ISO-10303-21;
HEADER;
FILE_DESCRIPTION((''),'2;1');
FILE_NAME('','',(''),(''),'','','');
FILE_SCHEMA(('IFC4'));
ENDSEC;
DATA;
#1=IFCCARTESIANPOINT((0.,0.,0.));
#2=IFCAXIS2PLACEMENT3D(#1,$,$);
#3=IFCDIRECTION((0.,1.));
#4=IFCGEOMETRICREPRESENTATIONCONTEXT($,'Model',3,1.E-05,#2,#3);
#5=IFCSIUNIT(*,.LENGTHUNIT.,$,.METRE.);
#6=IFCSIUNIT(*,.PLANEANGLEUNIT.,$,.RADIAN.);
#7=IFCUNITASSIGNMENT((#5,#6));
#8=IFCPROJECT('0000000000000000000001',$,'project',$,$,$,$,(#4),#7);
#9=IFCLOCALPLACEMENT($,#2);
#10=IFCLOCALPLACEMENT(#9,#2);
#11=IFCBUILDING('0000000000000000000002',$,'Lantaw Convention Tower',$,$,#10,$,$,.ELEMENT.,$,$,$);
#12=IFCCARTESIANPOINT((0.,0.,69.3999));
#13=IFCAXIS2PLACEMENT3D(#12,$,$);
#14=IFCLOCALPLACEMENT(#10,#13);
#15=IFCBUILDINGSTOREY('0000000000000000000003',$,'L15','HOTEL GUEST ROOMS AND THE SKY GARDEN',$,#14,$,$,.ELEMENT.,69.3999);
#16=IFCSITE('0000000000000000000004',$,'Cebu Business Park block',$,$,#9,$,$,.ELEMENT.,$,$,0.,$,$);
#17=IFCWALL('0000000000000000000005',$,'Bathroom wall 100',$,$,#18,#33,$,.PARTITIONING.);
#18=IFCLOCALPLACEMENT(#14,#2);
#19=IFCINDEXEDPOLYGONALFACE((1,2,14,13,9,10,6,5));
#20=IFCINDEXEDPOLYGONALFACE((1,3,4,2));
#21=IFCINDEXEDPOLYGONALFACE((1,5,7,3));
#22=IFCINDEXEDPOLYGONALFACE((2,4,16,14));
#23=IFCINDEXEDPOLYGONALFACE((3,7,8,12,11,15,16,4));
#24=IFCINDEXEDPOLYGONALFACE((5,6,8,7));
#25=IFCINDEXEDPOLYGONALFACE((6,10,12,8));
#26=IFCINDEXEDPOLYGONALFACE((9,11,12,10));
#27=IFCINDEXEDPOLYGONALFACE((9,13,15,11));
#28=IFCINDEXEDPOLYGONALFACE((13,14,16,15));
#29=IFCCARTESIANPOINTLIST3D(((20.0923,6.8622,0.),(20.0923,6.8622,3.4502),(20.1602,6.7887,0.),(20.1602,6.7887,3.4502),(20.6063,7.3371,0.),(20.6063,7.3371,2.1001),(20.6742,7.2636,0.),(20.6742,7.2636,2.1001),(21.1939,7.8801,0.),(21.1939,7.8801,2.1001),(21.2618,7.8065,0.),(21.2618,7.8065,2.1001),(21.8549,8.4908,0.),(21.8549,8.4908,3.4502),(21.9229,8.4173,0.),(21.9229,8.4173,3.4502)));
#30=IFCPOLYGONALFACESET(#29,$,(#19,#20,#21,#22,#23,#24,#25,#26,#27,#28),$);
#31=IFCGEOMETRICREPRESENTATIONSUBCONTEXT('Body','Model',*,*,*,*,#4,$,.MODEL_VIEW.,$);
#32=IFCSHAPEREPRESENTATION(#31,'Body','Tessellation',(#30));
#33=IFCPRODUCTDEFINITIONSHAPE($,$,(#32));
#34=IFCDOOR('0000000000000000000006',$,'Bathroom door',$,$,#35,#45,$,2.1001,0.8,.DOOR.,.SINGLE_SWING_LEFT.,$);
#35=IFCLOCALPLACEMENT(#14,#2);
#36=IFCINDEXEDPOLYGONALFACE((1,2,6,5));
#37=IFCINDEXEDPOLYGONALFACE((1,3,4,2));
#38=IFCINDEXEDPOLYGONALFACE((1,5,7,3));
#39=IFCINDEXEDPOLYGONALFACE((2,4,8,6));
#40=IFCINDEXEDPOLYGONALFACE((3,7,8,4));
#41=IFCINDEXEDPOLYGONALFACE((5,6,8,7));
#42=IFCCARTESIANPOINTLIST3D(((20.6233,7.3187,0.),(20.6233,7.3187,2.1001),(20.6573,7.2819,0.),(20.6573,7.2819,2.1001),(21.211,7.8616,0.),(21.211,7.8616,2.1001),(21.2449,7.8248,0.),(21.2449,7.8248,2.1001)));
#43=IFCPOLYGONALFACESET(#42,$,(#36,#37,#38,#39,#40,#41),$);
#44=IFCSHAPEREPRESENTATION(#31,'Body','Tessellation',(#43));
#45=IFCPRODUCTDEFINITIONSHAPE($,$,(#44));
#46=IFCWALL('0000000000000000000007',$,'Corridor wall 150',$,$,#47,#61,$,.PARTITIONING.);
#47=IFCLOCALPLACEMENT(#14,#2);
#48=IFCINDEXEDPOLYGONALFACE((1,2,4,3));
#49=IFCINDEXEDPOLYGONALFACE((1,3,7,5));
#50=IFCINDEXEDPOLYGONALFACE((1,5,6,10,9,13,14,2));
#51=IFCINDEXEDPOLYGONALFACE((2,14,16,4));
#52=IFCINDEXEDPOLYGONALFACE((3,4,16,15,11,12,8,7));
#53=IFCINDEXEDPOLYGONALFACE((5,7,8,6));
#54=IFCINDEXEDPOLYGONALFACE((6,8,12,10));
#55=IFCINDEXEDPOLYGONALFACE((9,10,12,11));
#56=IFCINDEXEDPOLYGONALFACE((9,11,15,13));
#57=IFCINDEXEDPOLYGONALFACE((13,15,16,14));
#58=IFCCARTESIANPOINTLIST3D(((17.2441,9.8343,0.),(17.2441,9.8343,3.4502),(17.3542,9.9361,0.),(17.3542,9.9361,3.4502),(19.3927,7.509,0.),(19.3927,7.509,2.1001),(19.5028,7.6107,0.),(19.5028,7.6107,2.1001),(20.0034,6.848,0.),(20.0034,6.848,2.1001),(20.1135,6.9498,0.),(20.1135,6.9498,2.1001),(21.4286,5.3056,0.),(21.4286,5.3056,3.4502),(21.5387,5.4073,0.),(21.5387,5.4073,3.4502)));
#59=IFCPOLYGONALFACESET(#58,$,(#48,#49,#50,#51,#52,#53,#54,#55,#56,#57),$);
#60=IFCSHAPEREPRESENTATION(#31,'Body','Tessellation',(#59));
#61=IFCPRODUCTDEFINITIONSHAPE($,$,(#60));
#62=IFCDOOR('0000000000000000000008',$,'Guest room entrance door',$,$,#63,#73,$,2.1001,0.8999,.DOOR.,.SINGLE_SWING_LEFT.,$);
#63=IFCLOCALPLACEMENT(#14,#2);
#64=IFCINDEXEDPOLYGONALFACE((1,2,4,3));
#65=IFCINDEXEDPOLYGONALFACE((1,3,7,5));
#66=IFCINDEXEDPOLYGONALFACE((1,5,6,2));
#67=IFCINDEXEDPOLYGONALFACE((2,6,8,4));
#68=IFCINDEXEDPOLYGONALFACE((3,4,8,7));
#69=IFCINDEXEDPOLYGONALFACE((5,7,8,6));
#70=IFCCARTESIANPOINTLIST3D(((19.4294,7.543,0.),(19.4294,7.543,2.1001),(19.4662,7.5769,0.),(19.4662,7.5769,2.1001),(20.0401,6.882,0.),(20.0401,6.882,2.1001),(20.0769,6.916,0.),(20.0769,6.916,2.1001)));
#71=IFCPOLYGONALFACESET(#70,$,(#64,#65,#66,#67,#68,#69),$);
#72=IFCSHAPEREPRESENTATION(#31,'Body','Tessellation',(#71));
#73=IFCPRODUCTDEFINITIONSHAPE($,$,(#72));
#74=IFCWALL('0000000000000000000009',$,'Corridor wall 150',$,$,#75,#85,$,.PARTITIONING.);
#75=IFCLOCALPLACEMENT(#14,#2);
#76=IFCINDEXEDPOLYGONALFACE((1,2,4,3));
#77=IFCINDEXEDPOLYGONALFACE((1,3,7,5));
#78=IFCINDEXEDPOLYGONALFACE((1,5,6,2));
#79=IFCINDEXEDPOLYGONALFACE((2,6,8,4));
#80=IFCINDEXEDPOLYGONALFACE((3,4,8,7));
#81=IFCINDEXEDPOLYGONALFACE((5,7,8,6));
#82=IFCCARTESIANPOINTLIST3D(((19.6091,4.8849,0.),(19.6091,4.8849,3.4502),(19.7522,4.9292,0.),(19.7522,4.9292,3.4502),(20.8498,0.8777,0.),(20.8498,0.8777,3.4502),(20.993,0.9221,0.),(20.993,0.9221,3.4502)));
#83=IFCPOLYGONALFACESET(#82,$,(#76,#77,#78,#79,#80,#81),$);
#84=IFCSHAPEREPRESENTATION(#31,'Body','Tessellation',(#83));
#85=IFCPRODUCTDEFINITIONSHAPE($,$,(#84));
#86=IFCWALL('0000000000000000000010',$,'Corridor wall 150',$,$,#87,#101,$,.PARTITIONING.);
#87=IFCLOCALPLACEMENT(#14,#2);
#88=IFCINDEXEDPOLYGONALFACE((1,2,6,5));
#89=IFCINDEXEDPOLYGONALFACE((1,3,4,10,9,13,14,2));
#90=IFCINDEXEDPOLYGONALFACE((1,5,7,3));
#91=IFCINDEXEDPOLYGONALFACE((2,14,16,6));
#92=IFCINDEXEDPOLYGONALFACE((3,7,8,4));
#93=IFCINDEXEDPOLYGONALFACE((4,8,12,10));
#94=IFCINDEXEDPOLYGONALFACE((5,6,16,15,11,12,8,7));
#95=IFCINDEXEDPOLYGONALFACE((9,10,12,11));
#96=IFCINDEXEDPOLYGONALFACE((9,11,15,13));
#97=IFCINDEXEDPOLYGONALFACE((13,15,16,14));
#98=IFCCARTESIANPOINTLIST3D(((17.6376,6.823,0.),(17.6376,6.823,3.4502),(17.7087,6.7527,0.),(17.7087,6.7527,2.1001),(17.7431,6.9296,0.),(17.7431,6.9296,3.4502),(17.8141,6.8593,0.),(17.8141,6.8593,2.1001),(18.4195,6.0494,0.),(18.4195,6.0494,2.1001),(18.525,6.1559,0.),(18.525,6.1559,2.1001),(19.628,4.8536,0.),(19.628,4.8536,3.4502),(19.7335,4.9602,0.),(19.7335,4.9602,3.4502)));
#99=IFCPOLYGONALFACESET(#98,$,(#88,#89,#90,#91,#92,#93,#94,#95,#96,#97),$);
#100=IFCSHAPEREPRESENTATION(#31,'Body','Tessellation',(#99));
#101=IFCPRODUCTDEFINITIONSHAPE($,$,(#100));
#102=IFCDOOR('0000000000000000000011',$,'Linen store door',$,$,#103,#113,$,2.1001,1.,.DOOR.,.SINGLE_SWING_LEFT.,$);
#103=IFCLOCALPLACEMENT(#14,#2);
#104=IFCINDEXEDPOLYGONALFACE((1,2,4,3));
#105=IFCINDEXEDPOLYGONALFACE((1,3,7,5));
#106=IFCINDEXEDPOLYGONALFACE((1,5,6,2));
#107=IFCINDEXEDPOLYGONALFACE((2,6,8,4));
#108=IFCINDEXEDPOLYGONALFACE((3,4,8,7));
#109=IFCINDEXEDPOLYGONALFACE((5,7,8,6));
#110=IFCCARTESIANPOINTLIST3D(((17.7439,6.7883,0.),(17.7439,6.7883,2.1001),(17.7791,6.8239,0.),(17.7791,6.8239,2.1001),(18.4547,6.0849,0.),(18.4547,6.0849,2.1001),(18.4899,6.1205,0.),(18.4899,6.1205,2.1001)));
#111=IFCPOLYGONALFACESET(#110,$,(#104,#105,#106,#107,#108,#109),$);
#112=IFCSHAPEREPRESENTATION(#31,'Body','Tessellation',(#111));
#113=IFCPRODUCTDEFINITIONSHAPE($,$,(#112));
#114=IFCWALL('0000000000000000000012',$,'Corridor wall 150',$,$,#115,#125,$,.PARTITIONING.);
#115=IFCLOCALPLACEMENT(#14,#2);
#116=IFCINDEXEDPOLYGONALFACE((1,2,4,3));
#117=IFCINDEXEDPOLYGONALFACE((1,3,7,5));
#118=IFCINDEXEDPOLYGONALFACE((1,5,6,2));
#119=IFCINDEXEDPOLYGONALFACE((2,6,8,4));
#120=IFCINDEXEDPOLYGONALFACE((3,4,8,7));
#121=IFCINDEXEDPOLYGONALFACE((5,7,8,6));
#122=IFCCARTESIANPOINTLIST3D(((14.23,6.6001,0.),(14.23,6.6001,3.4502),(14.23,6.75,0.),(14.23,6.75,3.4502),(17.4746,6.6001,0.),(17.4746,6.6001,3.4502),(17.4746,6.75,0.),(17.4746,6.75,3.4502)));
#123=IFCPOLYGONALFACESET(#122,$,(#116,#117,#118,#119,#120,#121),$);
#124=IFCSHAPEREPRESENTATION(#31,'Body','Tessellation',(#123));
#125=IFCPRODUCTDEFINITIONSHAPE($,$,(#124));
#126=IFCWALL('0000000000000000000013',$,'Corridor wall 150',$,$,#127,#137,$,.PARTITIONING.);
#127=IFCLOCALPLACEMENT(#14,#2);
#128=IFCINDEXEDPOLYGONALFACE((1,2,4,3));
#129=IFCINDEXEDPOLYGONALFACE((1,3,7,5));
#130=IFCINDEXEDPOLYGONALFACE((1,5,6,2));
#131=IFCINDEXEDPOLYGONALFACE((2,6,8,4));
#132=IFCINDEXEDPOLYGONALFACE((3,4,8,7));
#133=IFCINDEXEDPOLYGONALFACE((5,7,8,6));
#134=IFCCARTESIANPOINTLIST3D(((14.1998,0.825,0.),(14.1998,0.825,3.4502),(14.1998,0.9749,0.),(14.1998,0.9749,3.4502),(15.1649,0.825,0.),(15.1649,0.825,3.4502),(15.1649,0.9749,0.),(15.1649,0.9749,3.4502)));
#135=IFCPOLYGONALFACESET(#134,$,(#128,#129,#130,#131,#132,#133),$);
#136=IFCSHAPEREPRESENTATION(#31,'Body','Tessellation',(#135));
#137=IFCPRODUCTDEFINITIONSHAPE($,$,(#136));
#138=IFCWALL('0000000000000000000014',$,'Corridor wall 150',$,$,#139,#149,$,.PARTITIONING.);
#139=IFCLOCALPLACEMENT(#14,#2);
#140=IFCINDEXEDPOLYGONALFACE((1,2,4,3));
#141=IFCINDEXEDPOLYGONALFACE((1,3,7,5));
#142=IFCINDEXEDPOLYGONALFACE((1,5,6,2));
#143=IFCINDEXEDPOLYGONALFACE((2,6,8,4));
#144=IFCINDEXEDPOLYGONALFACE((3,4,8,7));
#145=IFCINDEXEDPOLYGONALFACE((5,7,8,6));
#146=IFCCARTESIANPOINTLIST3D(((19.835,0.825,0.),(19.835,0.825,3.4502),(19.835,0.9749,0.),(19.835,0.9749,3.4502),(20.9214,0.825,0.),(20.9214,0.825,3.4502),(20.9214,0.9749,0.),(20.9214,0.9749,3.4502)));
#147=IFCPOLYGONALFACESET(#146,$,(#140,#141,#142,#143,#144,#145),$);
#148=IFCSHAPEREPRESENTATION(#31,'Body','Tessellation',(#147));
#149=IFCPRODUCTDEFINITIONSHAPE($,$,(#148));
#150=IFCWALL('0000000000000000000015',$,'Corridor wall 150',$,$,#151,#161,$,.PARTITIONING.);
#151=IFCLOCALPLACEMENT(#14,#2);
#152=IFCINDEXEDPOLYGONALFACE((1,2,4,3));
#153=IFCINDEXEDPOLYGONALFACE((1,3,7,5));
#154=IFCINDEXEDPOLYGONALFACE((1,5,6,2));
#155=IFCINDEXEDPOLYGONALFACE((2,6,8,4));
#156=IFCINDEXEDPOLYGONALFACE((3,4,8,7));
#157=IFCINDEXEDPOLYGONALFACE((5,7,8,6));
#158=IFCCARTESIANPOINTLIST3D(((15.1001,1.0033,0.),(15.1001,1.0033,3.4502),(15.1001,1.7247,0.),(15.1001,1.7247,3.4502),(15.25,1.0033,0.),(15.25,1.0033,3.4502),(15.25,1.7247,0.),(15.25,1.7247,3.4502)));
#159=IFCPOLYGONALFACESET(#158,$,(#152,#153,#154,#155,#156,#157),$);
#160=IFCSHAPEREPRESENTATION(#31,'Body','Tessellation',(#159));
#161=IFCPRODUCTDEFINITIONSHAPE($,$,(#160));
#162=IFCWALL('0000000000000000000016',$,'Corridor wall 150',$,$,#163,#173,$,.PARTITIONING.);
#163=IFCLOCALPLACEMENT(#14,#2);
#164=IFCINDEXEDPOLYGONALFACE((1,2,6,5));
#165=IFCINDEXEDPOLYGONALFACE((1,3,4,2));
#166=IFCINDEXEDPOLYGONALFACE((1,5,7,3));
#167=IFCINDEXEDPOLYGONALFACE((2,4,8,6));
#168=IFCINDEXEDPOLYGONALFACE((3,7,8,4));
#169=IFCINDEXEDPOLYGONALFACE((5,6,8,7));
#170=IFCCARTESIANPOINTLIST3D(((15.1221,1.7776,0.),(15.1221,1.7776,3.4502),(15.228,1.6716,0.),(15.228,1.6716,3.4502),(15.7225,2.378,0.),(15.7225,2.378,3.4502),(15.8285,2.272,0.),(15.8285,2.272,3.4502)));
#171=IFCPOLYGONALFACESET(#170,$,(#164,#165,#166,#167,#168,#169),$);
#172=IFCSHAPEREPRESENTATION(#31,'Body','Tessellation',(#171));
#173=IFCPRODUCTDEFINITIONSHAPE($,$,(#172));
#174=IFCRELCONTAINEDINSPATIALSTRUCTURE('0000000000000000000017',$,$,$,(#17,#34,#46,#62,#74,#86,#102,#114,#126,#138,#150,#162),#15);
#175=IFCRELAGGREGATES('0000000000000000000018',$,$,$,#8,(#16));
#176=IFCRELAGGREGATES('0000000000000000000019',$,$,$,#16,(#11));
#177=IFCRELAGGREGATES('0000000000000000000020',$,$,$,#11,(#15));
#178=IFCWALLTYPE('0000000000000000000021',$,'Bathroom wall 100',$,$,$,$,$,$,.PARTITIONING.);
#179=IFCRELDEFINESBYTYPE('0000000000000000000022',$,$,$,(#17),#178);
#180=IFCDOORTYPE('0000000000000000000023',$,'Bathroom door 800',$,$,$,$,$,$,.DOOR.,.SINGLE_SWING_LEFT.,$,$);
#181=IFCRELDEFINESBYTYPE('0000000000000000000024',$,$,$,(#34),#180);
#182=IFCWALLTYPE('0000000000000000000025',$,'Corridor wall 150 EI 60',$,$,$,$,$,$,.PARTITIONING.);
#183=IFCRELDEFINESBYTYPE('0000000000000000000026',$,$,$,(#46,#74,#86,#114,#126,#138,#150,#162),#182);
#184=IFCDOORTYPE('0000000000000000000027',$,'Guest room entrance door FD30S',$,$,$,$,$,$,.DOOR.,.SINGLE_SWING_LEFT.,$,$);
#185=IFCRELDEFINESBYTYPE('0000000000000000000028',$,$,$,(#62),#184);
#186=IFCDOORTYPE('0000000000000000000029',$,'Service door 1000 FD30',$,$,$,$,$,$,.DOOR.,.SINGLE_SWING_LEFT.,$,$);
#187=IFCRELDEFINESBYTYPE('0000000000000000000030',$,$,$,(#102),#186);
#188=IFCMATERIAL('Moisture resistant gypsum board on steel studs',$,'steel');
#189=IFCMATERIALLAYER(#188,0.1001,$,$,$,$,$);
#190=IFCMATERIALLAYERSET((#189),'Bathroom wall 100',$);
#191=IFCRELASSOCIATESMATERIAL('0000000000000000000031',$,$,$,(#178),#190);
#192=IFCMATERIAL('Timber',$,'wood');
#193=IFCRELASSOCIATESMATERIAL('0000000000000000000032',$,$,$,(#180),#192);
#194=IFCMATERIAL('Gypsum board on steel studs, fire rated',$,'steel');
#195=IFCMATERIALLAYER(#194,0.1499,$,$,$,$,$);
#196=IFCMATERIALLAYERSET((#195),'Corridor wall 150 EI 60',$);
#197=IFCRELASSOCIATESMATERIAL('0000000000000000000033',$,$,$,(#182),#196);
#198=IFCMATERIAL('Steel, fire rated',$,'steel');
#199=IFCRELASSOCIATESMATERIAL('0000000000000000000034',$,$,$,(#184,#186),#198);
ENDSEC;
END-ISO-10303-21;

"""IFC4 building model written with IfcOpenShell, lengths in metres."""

from ifc_helpers import new_model, si_unit, direction, frame, frame_2d, origin, place, context, subcontext, project, spatial, rectangle, extrude, material, layer, layer_set, type_object, element, fill, save


model = new_model("IFC4")

# Units and contexts
model_context = context("Model", 3, precision=1e-05, world=origin(), true_north=direction((0.0, 1.0)))
body_context = subcontext(model_context, "Body", "Model", "MODEL_VIEW")
ifc_project = project(units=[si_unit("LENGTHUNIT", "METRE"), si_unit("PLANEANGLEUNIT", "RADIAN")], contexts=[model_context])

# Site, building, storey
site_placement = place(None, origin())
site = spatial("IfcSite", under=ifc_project, at=site_placement, Name="Cebu Business Park block", CompositionType="ELEMENT", RefElevation=0.0)
building_placement = place(site_placement, origin())
building = spatial("IfcBuilding", under=site, at=building_placement, Name="Lantaw Convention Tower", CompositionType="ELEMENT")
storey_placement = place(building_placement, frame((0.0, 0.0, 69.3999)))
storey = spatial("IfcBuildingStorey", under=building, at=storey_placement, Name="L15", Description="HOTEL GUEST ROOMS AND THE SKY GARDEN", CompositionType="ELEMENT", Elevation=69.3999)

# Walls, openings, doors
ifc_material_1 = material(Name="Moisture resistant gypsum board on steel studs", Category="steel")
ifc_layer_1 = layer(ifc_material_1, 0.1001)
ifc_layer_set_1 = layer_set([ifc_layer_1], Name="Bathroom wall 100")
wall_type_1 = type_object("IfcWallType", Name="Bathroom wall 100", PredefinedType="PARTITIONING", material=ifc_layer_set_1)
wall_1_placement = place(storey_placement, frame((20.1262, 6.8254, 0.0), z_axis=(0.0, 0.0, 1.0), x_axis=(0.73448, 0.678631, 0.0)))
wall_1 = element("IfcWall", 1, at=wall_1_placement, inside=storey, type_object=wall_type_1, Name="Bathroom wall 100", PredefinedType="PARTITIONING", context=body_context, shape_type="SweptSolid", body=[
    extrude(rectangle(XDim=2.3999, YDim=0.1001, at=frame_2d((1.2, 0.0))), origin(), (0.0, 0.0, 1.0), 3.4502),
])
opening_1_placement = place(wall_1_placement, frame((0.7, 0.0, 0.0)))
opening_1 = element("IfcOpeningElement", 2, at=opening_1_placement, cuts=wall_1, PredefinedType="OPENING", context=body_context, shape_type="SweptSolid", body=[
    extrude(rectangle(XDim=0.8, YDim=2.1001, at=frame_2d((0.3999, 1.05))), frame((0.0, 0.0601, 0.0), z_axis=(0.0, -1.0, 0.0), x_axis=(1.0, 0.0, 0.0)), (0.0, 0.0, 1.0), 0.1201),
])
ifc_material_2 = material(Name="Timber", Category="wood")
door_type_1 = type_object("IfcDoorType", Name="Bathroom door 800", OperationType="SINGLE_SWING_LEFT", PredefinedType="DOOR", material=ifc_material_2)
door_1_placement = place(opening_1_placement, origin())
door_1 = element("IfcDoor", 3, at=door_1_placement, inside=storey, type_object=door_type_1, Name="Bathroom door", OperationType="SINGLE_SWING_LEFT", OverallHeight=2.1001, OverallWidth=0.8, PredefinedType="DOOR", context=body_context, shape_type="SweptSolid", body=[
    extrude(rectangle(XDim=0.8, YDim=2.1001, at=frame_2d((0.3999, 1.05))), frame((0.0, 0.0249, 0.0), z_axis=(0.0, -1.0, 0.0), x_axis=(1.0, 0.0, 0.0)), (0.0, 0.0, 1.0), 0.05),
])
fill(opening_1, door_1)
ifc_material_3 = material(Name="Gypsum board on steel studs, fire rated", Category="steel")
ifc_layer_2 = layer(ifc_material_3, 0.1499)
ifc_layer_set_2 = layer_set([ifc_layer_2], Name="Corridor wall 150 EI 60")
wall_type_2 = type_object("IfcWallType", Name="Corridor wall 150 EI 60", PredefinedType="PARTITIONING", material=ifc_layer_set_2)
wall_2_placement = place(storey_placement, frame((21.4836, 5.3564, 0.0), z_axis=(0.0, 0.0, 1.0), x_axis=(-0.678642, 0.734469, 0.0)))
wall_2 = element("IfcWall", 4, at=wall_2_placement, inside=storey, type_object=wall_type_2, Name="Corridor wall 150", PredefinedType="PARTITIONING", context=body_context, shape_type="SweptSolid", body=[
    extrude(rectangle(XDim=6.166, YDim=0.1499, at=frame_2d((3.083, 0.0))), origin(), (0.0, 0.0, 1.0), 3.4502),
])
opening_2_placement = place(wall_2_placement, frame((2.1001, 0.0, 0.0)))
opening_2 = element("IfcOpeningElement", 5, at=opening_2_placement, cuts=wall_2, PredefinedType="OPENING", context=body_context, shape_type="SweptSolid", body=[
    extrude(rectangle(XDim=0.8999, YDim=2.1001, at=frame_2d((0.45, 1.05))), frame((0.0, 0.085, 0.0), z_axis=(0.0, -1.0, 0.0), x_axis=(1.0, 0.0, 0.0)), (0.0, 0.0, 1.0), 0.1699),
])
ifc_material_4 = material(Name="Steel, fire rated", Category="steel")
door_type_2 = type_object("IfcDoorType", Name="Guest room entrance door FD30S", OperationType="SINGLE_SWING_LEFT", PredefinedType="DOOR", material=ifc_material_4)
door_2_placement = place(opening_2_placement, origin())
door_2 = element("IfcDoor", 6, at=door_2_placement, inside=storey, type_object=door_type_2, Name="Guest room entrance door", OperationType="SINGLE_SWING_LEFT", OverallHeight=2.1001, OverallWidth=0.8999, PredefinedType="DOOR", context=body_context, shape_type="SweptSolid", body=[
    extrude(rectangle(XDim=0.8999, YDim=2.1001, at=frame_2d((0.45, 1.05))), frame((0.0, 0.0249, 0.0), z_axis=(0.0, -1.0, 0.0), x_axis=(1.0, 0.0, 0.0)), (0.0, 0.0, 1.0), 0.05),
])
fill(opening_2, door_2)

# Wall
wall_3_placement = place(storey_placement, frame((20.9214, 0.8999, 0.0), z_axis=(0.0, 0.0, 1.0), x_axis=(-0.295779, 0.955257, 0.0)))
element("IfcWall", 7, at=wall_3_placement, inside=storey, type_object=wall_type_2, Name="Corridor wall 150", PredefinedType="PARTITIONING", context=body_context, shape_type="SweptSolid", body=[
    extrude(rectangle(XDim=4.1948, YDim=0.1499, at=frame_2d((2.0974, 0.0))), origin(), (0.0, 0.0, 1.0), 3.4502),
])

# Wall, opening, door
wall_4_placement = place(storey_placement, frame((19.6807, 4.907, 0.0), z_axis=(0.0, 0.0, 1.0), x_axis=(-0.710846, 0.703348, 0.0)))
wall_4 = element("IfcWall", 8, at=wall_4_placement, inside=storey, type_object=wall_type_2, Name="Corridor wall 150", PredefinedType="PARTITIONING", context=body_context, shape_type="SweptSolid", body=[
    extrude(rectangle(XDim=2.8, YDim=0.1499, at=frame_2d((1.3999, 0.0))), origin(), (0.0, 0.0, 1.0), 3.4502),
])
opening_3_placement = place(wall_4_placement, frame((1.7, 0.0, 0.0)))
opening_3 = element("IfcOpeningElement", 9, at=opening_3_placement, cuts=wall_4, PredefinedType="OPENING", context=body_context, shape_type="SweptSolid", body=[
    extrude(rectangle(XDim=1.0, YDim=2.1001, at=frame_2d((0.5, 1.05))), frame((0.0, 0.085, 0.0), z_axis=(0.0, -1.0, 0.0), x_axis=(1.0, 0.0, 0.0)), (0.0, 0.0, 1.0), 0.1699),
])
door_type_3 = type_object("IfcDoorType", Name="Service door 1000 FD30", OperationType="SINGLE_SWING_LEFT", PredefinedType="DOOR", material=ifc_material_4)
door_3_placement = place(opening_3_placement, origin())
door_3 = element("IfcDoor", 10, at=door_3_placement, inside=storey, type_object=door_type_3, Name="Linen store door", OperationType="SINGLE_SWING_LEFT", OverallHeight=2.1001, OverallWidth=1.0, PredefinedType="DOOR", context=body_context, shape_type="SweptSolid", body=[
    extrude(rectangle(XDim=1.0, YDim=2.1001, at=frame_2d((0.5, 1.05))), frame((0.0, 0.0249, 0.0), z_axis=(0.0, -1.0, 0.0), x_axis=(1.0, 0.0, 0.0)), (0.0, 0.0, 1.0), 0.05),
])
fill(opening_3, door_3)

# Walls
wall_5_placement = place(storey_placement, frame((17.4746, 6.675, 0.0), z_axis=(0.0, 0.0, 1.0), x_axis=(-1.0, 0.0, 0.0)))
element("IfcWall", 11, at=wall_5_placement, inside=storey, type_object=wall_type_2, Name="Corridor wall 150", PredefinedType="PARTITIONING", context=body_context, shape_type="SweptSolid", body=[
    extrude(rectangle(XDim=3.2446, YDim=0.1499, at=frame_2d((1.6223, 0.0))), origin(), (0.0, 0.0, 1.0), 3.4502),
])
wall_6_placement = place(storey_placement, frame((14.2, 0.8999, 0.0), z_axis=(0.0, 0.0, 1.0), x_axis=(1.0, 0.0, 0.0)))
element("IfcWall", 12, at=wall_6_placement, inside=storey, type_object=wall_type_2, Name="Corridor wall 150", PredefinedType="PARTITIONING", context=body_context, shape_type="SweptSolid", body=[
    extrude(rectangle(XDim=0.9651, YDim=0.1499, at=frame_2d((0.4824, 0.0))), origin(), (0.0, 0.0, 1.0), 3.4502),
])
wall_7_placement = place(storey_placement, frame((19.835, 0.8999, 0.0), z_axis=(0.0, 0.0, 1.0), x_axis=(1.0, 0.0, 0.0)))
element("IfcWall", 13, at=wall_7_placement, inside=storey, type_object=wall_type_2, Name="Corridor wall 150", PredefinedType="PARTITIONING", context=body_context, shape_type="SweptSolid", body=[
    extrude(rectangle(XDim=1.0864, YDim=0.1499, at=frame_2d((0.5432, 0.0))), origin(), (0.0, 0.0, 1.0), 3.4502),
])
wall_8_placement = place(storey_placement, frame((15.175, 1.0032, 0.0), z_axis=(0.0, 0.0, 1.0), x_axis=(0.0, 1.0, 0.0)))
element("IfcWall", 14, at=wall_8_placement, inside=storey, type_object=wall_type_2, Name="Corridor wall 150", PredefinedType="PARTITIONING", context=body_context, shape_type="SweptSolid", body=[
    extrude(rectangle(XDim=0.7214, YDim=0.1499, at=frame_2d((0.3608, 0.0))), origin(), (0.0, 0.0, 1.0), 3.4502),
])
wall_9_placement = place(storey_placement, frame((15.175, 1.7246, 0.0), z_axis=(0.0, 0.0, 1.0), x_axis=(0.707107, 0.707107, 0.0)))
element("IfcWall", 15, at=wall_9_placement, inside=storey, type_object=wall_type_2, Name="Corridor wall 150", PredefinedType="PARTITIONING", context=body_context, shape_type="SweptSolid", body=[
    extrude(rectangle(XDim=0.8491, YDim=0.1499, at=frame_2d((0.4246, 0.0))), origin(), (0.0, 0.0, 1.0), 3.4502),
])

save(model, "model.ifc")
